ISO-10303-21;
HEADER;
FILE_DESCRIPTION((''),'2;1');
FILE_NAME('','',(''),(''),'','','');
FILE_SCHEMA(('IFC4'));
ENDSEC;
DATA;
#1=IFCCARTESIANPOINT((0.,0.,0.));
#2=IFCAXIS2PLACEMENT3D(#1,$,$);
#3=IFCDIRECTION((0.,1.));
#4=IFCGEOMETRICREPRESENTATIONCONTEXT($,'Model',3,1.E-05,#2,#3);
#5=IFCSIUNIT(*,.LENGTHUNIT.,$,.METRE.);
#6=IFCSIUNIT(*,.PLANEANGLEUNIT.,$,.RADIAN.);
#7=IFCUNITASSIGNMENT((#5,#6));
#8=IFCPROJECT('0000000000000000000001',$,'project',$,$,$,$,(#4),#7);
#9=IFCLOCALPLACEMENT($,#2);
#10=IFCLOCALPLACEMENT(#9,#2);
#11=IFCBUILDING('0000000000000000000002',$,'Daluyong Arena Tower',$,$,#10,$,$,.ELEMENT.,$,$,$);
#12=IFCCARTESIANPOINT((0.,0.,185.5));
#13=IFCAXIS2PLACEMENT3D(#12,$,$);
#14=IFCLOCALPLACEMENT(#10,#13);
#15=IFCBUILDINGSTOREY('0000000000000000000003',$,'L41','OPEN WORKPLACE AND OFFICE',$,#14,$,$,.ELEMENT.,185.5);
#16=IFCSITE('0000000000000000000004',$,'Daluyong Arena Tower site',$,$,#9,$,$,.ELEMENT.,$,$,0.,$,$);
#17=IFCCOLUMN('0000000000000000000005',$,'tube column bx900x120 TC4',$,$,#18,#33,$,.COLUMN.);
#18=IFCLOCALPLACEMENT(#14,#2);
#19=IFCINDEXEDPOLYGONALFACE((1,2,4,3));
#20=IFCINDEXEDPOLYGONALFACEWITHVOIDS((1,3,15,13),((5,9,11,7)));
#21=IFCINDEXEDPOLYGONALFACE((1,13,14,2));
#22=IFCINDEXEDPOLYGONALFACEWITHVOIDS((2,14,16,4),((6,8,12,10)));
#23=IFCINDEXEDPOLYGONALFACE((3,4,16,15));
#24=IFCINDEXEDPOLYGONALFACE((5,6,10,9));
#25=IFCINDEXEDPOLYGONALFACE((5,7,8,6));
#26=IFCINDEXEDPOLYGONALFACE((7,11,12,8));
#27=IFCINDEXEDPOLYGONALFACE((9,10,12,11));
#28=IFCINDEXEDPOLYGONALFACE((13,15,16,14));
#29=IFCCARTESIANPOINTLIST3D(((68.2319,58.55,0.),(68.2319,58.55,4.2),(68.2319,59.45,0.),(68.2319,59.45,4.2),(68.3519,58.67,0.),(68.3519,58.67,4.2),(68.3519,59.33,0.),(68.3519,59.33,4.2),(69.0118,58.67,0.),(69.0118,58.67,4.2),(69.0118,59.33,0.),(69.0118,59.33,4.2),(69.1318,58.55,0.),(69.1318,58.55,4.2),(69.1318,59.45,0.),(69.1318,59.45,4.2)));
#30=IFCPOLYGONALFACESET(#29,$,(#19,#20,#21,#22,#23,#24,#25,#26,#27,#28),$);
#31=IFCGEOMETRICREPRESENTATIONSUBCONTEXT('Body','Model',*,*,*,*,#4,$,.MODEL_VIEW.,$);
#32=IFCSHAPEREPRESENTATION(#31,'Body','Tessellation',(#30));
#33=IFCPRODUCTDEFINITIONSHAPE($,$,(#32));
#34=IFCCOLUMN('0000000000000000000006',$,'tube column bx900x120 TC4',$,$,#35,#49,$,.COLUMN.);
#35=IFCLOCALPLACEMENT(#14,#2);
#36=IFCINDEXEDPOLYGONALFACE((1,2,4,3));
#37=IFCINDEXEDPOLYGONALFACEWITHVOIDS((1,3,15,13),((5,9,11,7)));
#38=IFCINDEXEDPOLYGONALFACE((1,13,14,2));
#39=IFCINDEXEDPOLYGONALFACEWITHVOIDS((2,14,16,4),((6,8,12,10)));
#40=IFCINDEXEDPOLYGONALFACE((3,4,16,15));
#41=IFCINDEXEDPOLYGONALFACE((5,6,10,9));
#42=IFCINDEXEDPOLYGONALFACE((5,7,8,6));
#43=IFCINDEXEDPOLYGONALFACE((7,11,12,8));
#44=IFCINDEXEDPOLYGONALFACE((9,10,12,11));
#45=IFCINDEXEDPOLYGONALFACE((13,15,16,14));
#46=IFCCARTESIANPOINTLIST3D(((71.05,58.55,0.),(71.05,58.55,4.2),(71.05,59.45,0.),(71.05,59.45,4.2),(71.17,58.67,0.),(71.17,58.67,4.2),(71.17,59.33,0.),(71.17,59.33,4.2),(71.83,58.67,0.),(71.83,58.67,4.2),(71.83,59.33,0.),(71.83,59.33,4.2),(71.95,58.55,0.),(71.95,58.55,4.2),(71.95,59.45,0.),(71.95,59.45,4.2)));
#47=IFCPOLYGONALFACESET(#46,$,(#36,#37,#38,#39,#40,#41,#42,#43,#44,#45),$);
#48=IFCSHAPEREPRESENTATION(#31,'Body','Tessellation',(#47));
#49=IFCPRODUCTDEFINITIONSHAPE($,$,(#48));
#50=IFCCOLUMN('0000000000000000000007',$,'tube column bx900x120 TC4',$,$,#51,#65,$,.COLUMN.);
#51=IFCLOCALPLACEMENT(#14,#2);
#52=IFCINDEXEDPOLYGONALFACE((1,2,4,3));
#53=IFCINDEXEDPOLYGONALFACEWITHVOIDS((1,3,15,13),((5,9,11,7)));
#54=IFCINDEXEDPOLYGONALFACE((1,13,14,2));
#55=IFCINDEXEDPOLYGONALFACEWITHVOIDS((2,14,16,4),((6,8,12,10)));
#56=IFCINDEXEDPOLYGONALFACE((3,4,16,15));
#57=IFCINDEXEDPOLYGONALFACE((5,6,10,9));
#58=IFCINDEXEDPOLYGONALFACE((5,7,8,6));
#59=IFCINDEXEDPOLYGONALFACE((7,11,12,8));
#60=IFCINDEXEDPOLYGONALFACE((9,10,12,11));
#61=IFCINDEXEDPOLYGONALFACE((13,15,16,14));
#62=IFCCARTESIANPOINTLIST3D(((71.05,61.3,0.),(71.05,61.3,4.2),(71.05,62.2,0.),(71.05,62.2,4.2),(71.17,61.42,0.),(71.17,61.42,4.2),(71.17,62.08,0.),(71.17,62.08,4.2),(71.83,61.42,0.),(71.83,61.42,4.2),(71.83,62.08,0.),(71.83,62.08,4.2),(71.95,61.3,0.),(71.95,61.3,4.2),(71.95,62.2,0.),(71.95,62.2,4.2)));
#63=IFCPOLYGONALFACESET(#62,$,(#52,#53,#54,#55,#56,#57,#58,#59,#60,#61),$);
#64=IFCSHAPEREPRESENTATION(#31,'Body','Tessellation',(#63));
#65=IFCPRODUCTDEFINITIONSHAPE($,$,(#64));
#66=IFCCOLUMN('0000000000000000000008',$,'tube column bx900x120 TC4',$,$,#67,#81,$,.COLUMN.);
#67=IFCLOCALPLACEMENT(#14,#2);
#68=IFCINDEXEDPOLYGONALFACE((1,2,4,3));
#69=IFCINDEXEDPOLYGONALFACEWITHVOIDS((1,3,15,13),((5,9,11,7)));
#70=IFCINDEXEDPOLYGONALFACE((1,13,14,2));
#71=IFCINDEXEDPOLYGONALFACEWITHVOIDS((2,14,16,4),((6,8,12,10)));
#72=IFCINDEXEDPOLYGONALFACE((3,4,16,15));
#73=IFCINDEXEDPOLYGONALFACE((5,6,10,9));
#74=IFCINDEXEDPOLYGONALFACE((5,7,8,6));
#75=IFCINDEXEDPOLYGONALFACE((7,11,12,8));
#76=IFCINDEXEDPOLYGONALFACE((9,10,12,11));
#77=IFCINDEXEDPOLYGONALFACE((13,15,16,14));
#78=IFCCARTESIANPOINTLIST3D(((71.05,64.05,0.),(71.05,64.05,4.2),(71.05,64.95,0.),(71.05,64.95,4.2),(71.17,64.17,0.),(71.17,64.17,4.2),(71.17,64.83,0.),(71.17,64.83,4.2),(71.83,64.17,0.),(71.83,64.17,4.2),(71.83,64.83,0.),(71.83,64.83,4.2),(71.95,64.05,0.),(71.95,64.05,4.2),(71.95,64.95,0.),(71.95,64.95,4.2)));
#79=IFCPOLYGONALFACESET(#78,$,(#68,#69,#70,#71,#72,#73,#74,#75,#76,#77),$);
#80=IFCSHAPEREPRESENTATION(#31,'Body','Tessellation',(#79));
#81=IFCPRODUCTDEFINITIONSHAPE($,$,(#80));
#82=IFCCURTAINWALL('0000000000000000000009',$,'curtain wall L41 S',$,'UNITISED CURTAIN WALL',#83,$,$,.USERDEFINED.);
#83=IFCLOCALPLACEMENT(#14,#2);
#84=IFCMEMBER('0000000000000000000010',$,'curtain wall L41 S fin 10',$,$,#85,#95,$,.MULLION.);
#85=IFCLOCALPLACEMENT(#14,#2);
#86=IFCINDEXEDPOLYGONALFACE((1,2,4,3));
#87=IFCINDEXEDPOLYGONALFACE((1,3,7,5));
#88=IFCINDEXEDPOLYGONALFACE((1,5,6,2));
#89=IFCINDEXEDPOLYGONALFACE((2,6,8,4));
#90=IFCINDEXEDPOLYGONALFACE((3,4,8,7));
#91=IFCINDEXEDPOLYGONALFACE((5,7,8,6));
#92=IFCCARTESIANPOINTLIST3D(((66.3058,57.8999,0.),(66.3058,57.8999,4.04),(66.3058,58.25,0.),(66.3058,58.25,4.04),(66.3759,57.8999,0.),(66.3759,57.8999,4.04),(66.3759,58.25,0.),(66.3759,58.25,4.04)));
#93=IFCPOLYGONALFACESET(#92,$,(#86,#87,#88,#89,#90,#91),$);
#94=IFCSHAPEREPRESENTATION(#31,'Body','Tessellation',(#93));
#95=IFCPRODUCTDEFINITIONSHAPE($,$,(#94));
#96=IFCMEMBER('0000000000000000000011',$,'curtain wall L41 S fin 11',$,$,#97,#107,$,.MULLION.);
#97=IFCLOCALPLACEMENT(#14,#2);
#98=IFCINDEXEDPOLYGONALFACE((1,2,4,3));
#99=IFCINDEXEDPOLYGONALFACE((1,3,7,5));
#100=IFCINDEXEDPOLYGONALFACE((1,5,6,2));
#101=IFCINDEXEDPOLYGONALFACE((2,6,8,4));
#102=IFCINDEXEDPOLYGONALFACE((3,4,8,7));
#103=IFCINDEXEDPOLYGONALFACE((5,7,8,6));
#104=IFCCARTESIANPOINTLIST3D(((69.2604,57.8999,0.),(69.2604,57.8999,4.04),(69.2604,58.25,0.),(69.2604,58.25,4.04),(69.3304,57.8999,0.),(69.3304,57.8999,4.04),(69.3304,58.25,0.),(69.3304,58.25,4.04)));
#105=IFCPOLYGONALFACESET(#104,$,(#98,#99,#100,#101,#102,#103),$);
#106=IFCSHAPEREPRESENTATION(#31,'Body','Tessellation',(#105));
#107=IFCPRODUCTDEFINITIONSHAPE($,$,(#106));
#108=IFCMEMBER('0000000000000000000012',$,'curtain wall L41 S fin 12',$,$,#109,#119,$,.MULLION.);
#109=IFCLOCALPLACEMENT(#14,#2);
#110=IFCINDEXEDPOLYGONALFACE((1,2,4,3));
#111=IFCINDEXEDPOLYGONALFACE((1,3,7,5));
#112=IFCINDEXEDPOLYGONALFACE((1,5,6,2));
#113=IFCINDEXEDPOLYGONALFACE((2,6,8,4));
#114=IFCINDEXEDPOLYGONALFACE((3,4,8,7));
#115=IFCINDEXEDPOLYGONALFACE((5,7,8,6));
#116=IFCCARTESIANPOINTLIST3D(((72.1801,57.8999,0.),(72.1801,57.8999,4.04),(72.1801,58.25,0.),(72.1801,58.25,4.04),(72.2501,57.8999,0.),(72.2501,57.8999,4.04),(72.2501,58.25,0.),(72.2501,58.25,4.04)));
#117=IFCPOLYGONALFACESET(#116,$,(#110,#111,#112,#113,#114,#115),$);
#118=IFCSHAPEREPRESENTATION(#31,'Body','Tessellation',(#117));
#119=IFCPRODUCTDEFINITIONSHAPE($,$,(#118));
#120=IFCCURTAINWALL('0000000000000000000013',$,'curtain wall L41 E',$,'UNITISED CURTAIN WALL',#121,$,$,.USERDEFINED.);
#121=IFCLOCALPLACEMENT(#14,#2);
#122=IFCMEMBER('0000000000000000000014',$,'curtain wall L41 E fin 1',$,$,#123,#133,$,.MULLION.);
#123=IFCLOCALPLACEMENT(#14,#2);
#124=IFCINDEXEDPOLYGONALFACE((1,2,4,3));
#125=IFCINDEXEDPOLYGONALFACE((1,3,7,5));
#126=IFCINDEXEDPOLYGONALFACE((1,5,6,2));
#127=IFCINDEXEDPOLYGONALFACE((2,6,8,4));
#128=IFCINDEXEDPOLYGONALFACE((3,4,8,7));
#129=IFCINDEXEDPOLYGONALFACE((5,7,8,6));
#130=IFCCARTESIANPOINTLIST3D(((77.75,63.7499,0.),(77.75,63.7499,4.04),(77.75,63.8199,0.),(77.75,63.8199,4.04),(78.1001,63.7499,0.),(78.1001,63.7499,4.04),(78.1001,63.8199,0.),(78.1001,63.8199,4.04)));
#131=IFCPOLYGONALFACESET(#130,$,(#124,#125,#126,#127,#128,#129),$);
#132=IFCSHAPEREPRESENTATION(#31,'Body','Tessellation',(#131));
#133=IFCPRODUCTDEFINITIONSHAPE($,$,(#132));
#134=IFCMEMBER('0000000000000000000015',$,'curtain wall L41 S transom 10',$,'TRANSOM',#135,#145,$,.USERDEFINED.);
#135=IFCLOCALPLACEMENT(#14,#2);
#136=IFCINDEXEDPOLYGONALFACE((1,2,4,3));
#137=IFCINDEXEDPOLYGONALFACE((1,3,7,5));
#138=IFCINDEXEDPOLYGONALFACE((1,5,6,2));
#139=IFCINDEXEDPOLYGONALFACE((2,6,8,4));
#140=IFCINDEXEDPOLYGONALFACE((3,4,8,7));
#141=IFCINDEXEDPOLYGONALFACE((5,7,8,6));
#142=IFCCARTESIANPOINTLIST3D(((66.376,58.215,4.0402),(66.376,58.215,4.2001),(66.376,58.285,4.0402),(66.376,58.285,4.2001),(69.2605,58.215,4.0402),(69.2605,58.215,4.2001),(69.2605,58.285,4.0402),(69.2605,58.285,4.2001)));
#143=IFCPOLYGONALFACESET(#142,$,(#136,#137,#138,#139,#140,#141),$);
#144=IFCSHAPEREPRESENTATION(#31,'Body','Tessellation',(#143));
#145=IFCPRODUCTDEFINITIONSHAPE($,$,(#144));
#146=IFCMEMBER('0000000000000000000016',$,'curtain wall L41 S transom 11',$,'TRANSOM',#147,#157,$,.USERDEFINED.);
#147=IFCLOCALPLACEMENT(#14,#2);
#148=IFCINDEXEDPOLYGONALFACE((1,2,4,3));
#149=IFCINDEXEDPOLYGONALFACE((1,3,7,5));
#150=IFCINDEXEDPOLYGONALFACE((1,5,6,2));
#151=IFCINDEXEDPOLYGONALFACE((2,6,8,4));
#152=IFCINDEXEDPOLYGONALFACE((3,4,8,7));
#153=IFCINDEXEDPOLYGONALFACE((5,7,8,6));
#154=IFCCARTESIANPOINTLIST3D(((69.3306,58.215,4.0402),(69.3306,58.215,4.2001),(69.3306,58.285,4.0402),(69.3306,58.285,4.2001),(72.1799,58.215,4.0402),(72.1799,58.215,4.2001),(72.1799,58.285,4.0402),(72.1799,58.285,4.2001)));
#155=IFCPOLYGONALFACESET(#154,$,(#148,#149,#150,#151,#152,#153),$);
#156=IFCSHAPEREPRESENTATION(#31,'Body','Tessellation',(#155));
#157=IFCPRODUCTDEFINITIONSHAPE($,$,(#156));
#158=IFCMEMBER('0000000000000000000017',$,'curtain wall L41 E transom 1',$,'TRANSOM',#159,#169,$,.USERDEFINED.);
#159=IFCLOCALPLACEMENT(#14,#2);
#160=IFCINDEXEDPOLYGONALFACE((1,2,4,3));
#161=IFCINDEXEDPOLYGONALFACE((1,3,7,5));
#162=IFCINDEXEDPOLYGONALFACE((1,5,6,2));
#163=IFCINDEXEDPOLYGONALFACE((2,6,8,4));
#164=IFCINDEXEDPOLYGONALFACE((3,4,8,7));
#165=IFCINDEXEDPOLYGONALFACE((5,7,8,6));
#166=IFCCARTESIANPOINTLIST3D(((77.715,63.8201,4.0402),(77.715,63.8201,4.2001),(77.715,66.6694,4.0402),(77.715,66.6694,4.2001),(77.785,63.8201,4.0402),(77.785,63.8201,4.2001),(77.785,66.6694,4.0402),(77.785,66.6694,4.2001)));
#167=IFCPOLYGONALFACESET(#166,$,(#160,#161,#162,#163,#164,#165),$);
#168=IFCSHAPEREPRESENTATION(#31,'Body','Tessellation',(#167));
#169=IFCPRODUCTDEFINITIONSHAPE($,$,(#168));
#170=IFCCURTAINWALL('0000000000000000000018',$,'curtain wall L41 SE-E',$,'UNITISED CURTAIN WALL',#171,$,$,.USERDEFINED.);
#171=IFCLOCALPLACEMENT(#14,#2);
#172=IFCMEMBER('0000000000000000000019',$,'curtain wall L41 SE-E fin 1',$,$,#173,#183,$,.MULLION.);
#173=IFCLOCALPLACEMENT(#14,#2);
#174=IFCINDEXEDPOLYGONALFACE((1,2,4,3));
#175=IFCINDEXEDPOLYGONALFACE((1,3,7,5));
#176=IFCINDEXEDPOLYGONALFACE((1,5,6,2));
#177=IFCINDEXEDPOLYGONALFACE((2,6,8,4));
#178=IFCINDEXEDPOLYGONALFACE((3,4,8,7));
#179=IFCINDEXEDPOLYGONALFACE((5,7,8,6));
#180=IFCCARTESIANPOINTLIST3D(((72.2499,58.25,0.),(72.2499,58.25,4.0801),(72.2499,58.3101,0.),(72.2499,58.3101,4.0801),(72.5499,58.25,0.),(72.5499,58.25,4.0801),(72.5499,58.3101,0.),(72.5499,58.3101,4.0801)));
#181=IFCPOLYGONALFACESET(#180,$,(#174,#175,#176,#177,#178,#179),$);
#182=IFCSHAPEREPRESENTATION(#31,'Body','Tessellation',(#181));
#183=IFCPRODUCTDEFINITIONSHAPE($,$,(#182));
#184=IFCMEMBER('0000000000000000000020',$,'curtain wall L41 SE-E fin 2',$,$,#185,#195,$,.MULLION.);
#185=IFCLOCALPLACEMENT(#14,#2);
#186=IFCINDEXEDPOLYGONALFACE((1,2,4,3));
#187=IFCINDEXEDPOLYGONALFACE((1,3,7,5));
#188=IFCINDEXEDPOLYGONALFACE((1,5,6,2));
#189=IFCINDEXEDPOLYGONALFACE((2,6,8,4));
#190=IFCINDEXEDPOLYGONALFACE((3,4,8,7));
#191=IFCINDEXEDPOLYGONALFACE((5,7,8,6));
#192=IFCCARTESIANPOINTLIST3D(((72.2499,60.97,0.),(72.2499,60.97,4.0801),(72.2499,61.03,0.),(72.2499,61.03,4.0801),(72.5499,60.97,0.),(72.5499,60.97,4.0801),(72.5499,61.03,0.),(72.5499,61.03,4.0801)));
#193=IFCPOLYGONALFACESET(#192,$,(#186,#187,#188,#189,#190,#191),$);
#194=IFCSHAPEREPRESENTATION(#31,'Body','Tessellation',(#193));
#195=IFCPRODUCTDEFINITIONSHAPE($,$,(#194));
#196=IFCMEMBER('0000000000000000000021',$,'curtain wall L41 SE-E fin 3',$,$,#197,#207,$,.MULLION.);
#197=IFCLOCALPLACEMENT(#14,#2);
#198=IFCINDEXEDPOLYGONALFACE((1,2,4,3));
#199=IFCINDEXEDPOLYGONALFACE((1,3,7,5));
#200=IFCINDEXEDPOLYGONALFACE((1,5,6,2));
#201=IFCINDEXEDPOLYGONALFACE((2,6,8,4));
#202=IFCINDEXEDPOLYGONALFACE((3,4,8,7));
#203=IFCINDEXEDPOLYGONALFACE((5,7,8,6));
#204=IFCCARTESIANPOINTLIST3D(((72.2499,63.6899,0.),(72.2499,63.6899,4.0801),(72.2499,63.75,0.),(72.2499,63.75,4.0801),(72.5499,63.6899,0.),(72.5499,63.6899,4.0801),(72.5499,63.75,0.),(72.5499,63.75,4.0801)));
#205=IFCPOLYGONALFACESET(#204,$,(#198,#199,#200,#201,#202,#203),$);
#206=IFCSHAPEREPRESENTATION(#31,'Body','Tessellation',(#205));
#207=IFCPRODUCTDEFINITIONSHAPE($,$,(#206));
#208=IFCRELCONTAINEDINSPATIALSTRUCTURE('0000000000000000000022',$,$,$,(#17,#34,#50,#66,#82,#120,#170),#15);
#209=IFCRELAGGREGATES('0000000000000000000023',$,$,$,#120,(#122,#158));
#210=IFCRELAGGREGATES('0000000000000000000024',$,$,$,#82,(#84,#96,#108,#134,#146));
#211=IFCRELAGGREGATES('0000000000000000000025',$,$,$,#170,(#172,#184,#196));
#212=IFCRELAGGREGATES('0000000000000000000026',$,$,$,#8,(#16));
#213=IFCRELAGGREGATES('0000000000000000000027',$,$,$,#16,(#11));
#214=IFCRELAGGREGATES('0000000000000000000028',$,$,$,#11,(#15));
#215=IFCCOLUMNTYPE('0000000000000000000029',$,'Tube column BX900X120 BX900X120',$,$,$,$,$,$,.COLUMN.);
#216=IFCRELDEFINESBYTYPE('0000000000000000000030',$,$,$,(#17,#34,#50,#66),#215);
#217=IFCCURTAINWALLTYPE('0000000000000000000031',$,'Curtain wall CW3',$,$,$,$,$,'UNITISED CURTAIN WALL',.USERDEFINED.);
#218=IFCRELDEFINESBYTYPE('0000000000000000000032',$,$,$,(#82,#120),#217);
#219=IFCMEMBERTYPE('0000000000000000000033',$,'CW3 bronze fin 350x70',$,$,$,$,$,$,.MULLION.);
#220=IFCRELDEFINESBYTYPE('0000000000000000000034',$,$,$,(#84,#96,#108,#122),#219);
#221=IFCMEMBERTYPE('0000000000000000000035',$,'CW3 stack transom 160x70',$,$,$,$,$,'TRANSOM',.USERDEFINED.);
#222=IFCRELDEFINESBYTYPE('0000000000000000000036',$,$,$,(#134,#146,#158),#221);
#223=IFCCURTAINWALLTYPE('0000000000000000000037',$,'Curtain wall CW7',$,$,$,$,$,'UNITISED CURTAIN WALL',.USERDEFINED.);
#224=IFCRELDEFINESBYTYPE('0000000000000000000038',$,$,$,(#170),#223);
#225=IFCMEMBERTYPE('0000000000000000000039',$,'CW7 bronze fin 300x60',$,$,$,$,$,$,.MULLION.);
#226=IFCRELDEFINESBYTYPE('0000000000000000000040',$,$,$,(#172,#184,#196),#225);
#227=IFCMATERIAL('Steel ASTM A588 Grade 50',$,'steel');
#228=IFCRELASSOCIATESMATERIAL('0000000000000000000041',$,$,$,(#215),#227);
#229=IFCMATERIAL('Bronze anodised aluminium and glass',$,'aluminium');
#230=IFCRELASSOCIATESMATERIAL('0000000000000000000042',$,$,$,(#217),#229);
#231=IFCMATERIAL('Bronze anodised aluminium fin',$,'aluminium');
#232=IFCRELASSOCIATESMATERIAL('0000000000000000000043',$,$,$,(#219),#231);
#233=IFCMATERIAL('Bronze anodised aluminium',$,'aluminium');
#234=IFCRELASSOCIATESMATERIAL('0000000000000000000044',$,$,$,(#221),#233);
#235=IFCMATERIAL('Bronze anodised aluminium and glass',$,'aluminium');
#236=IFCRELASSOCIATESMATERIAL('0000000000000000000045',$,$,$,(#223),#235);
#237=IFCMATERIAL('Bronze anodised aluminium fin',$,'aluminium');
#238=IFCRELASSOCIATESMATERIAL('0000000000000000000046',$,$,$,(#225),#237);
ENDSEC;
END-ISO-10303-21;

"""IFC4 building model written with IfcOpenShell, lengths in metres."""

from ifc_helpers import new_model, si_unit, direction, frame, origin, origin_2d, place, context, subcontext, project, spatial, rectangle, hollow_rectangle, extrude, material, material_profile, profile_set, type_object, element, aggregate, save


model = new_model("IFC4")

# Units and contexts
model_context = context("Model", 3, precision=1e-05, world=origin(), true_north=direction((0.0, 1.0)))
body_context = subcontext(model_context, "Body", "Model", "MODEL_VIEW")
ifc_project = project(units=[si_unit("LENGTHUNIT", "METRE"), si_unit("PLANEANGLEUNIT", "RADIAN")], contexts=[model_context])

# Site, building, storey
site_placement = place(None, origin())
site = spatial("IfcSite", under=ifc_project, at=site_placement, Name="Daluyong Arena Tower site", CompositionType="ELEMENT", RefElevation=0.0)
building_placement = place(site_placement, origin())
building = spatial("IfcBuilding", under=site, at=building_placement, Name="Daluyong Arena Tower", CompositionType="ELEMENT")
storey_placement = place(building_placement, frame((0.0, 0.0, 185.5)))
storey = spatial("IfcBuildingStorey", under=building, at=storey_placement, Name="L41", Description="OPEN WORKPLACE AND OFFICE", CompositionType="ELEMENT", Elevation=185.5)

# Columns
ifc_material_1 = material(Name="Steel ASTM A588 Grade 50", Category="steel")
ifc_material_profile_1 = material_profile(ifc_material_1, hollow_rectangle(XDim=0.8999, YDim=0.8999, WallThickness=0.12, at=origin_2d()))
ifc_profile_set_1 = profile_set([ifc_material_profile_1], Name="Steel ASTM A588 Grade 50")
column_type = type_object("IfcColumnType", Name="Tube column BX900X120 BX900X120", PredefinedType="COLUMN", material=ifc_profile_set_1)
for number, where, z_axis, x_axis, name in (
    (1, (68.6819, 59.0, 0.0), (0.0, 0.0, 1.0), (1.0, 0.0, 0.0), "tube column bx900x120 TC4"),
    (2, (71.5, 59.0, 0.0), (0.0, 0.0, 1.0), (0.0, 1.0, 0.0), "tube column bx900x120 TC4"),
    (3, (71.5, 61.75, 0.0), (0.0, 0.0, 1.0), (0.0, 1.0, 0.0), "tube column bx900x120 TC4"),
    (4, (71.5, 64.5, 0.0), (0.0, 0.0, 1.0), (1.0, 0.0, 0.0), "tube column bx900x120 TC4"),
):
    element("IfcColumn", number, at=place(storey_placement, frame(where, z_axis=z_axis, x_axis=x_axis)), inside=storey, type_object=column_type, Name=name, PredefinedType="COLUMN", context=body_context, shape_type="SweptSolid", body=[
        extrude(hollow_rectangle(XDim=0.8999, YDim=0.8999, WallThickness=0.12, at=origin_2d()), origin(), (0.0, 0.0, 1.0), 4.2),
    ])

# Curtain wall, members
ifc_material_2 = material(Name="Bronze anodised aluminium and glass", Category="aluminium")
curtain_wall_type_1 = type_object("IfcCurtainWallType", Name="Curtain wall CW3", ElementType="UNITISED CURTAIN WALL", PredefinedType="USERDEFINED", material=ifc_material_2)
curtain_wall_1_placement = place(storey_placement, origin())
curtain_wall_1 = element("IfcCurtainWall", 5, at=curtain_wall_1_placement, inside=storey, type_object=curtain_wall_type_1, Name="curtain wall L41 S", ObjectType="UNITISED CURTAIN WALL", PredefinedType="USERDEFINED")
ifc_material_3 = material(Name="Bronze anodised aluminium fin", Category="aluminium")
ifc_material_profile_2 = material_profile(ifc_material_3, rectangle(XDim=0.3501, YDim=0.0701, at=origin_2d()))
ifc_profile_set_2 = profile_set([ifc_material_profile_2], Name="Bronze anodised aluminium fin")
member_type_1 = type_object("IfcMemberType", Name="CW3 bronze fin 350x70", PredefinedType="MULLION", material=ifc_profile_set_2)
member_1_placement = place(storey_placement, frame((66.3408, 58.075, 0.0), z_axis=(0.0, 0.0, 1.0), x_axis=(0.0, 1.0, 0.0)))
member_1 = element("IfcMember", 6, at=member_1_placement, type_object=member_type_1, Name="curtain wall L41 S fin 10", PredefinedType="MULLION", context=body_context, shape_type="SweptSolid", body=[
    extrude(rectangle(XDim=0.3501, YDim=0.0701, at=origin_2d()), origin(), (0.0, 0.0, 1.0), 4.04),
])
member_2_placement = place(storey_placement, frame((69.2954, 58.075, 0.0), z_axis=(0.0, 0.0, 1.0), x_axis=(0.0, 1.0, 0.0)))
member_2 = element("IfcMember", 7, at=member_2_placement, type_object=member_type_1, Name="curtain wall L41 S fin 11", PredefinedType="MULLION", context=body_context, shape_type="SweptSolid", body=[
    extrude(rectangle(XDim=0.3501, YDim=0.0701, at=origin_2d()), origin(), (0.0, 0.0, 1.0), 4.04),
])
member_3_placement = place(storey_placement, frame((72.2151, 58.075, 0.0), z_axis=(0.0, 0.0, 1.0), x_axis=(0.0, 1.0, 0.0)))
member_3 = element("IfcMember", 8, at=member_3_placement, type_object=member_type_1, Name="curtain wall L41 S fin 12", PredefinedType="MULLION", context=body_context, shape_type="SweptSolid", body=[
    extrude(rectangle(XDim=0.3501, YDim=0.0701, at=origin_2d()), origin(), (0.0, 0.0, 1.0), 4.04),
])

# Curtain wall, member
curtain_wall_2_placement = place(storey_placement, origin())
curtain_wall_2 = element("IfcCurtainWall", 9, at=curtain_wall_2_placement, inside=storey, type_object=curtain_wall_type_1, Name="curtain wall L41 E", ObjectType="UNITISED CURTAIN WALL", PredefinedType="USERDEFINED")
member_4_placement = place(storey_placement, frame((77.925, 63.7849, 0.0), z_axis=(0.0, 0.0, 1.0), x_axis=(-1.0, 0.0, 0.0)))
member_4 = element("IfcMember", 10, at=member_4_placement, type_object=member_type_1, Name="curtain wall L41 E fin 1", PredefinedType="MULLION", context=body_context, shape_type="SweptSolid", body=[
    extrude(rectangle(XDim=0.3501, YDim=0.0701, at=origin_2d()), origin(), (0.0, 0.0, 1.0), 4.04),
])

# Members
ifc_material_4 = material(Name="Bronze anodised aluminium", Category="aluminium")
ifc_material_profile_3 = material_profile(ifc_material_4, rectangle(XDim=0.0701, YDim=0.1599, at=origin_2d()))
ifc_profile_set_3 = profile_set([ifc_material_profile_3], Name="Bronze anodised aluminium")
member_type_2 = type_object("IfcMemberType", Name="CW3 stack transom 160x70", ElementType="TRANSOM", PredefinedType="USERDEFINED", material=ifc_profile_set_3)
member_5_placement = place(storey_placement, frame((66.376, 58.25, 4.1201), z_axis=(1.0, 0.0, 0.0), x_axis=(0.0, 1.0, 0.0)))
member_5 = element("IfcMember", 11, at=member_5_placement, type_object=member_type_2, Name="curtain wall L41 S transom 10", ObjectType="TRANSOM", PredefinedType="USERDEFINED", context=body_context, shape_type="SweptSolid", body=[
    extrude(rectangle(XDim=0.0701, YDim=0.1599, at=origin_2d()), origin(), (0.0, 0.0, 1.0), 2.8845),
])
member_6_placement = place(storey_placement, frame((69.3306, 58.25, 4.1201), z_axis=(1.0, 0.0, 0.0), x_axis=(0.0, 1.0, 0.0)))
member_6 = element("IfcMember", 12, at=member_6_placement, type_object=member_type_2, Name="curtain wall L41 S transom 11", ObjectType="TRANSOM", PredefinedType="USERDEFINED", context=body_context, shape_type="SweptSolid", body=[
    extrude(rectangle(XDim=0.0701, YDim=0.1599, at=origin_2d()), origin(), (0.0, 0.0, 1.0), 2.8494),
])
member_7_placement = place(storey_placement, frame((77.75, 63.8201, 4.1201), z_axis=(0.0, 1.0, 0.0), x_axis=(-1.0, 0.0, 0.0)))
member_7 = element("IfcMember", 13, at=member_7_placement, type_object=member_type_2, Name="curtain wall L41 E transom 1", ObjectType="TRANSOM", PredefinedType="USERDEFINED", context=body_context, shape_type="SweptSolid", body=[
    extrude(rectangle(XDim=0.0701, YDim=0.1599, at=origin_2d()), origin(), (0.0, 0.0, 1.0), 2.8494),
])
aggregate(curtain_wall_2, [member_4, member_7])

# Curtain wall, members
ifc_material_5 = material(Name="Bronze anodised aluminium and glass", Category="aluminium")
curtain_wall_type_2 = type_object("IfcCurtainWallType", Name="Curtain wall CW7", ElementType="UNITISED CURTAIN WALL", PredefinedType="USERDEFINED", material=ifc_material_5)
curtain_wall_3_placement = place(storey_placement, origin())
curtain_wall_3 = element("IfcCurtainWall", 14, at=curtain_wall_3_placement, inside=storey, type_object=curtain_wall_type_2, Name="curtain wall L41 SE-E", ObjectType="UNITISED CURTAIN WALL", PredefinedType="USERDEFINED")
ifc_material_6 = material(Name="Bronze anodised aluminium fin", Category="aluminium")
ifc_material_profile_4 = material_profile(ifc_material_6, rectangle(XDim=0.3, YDim=0.0601, at=origin_2d()))
ifc_profile_set_4 = profile_set([ifc_material_profile_4], Name="Bronze anodised aluminium fin")
member_type_3 = type_object("IfcMemberType", Name="CW7 bronze fin 300x60", PredefinedType="MULLION", material=ifc_profile_set_4)
member_8_placement = place(storey_placement, frame((72.3999, 58.28, 0.0), z_axis=(0.0, 0.0, 1.0), x_axis=(-1.0, 0.0, 0.0)))
member_8 = element("IfcMember", 15, at=member_8_placement, type_object=member_type_3, Name="curtain wall L41 SE-E fin 1", PredefinedType="MULLION", context=body_context, shape_type="SweptSolid", body=[
    extrude(rectangle(XDim=0.3, YDim=0.0601, at=origin_2d()), origin(), (0.0, 0.0, 1.0), 4.0801),
])
member_9_placement = place(storey_placement, frame((72.3999, 61.0, 0.0), z_axis=(0.0, 0.0, 1.0), x_axis=(-1.0, 0.0, 0.0)))
member_9 = element("IfcMember", 16, at=member_9_placement, type_object=member_type_3, Name="curtain wall L41 SE-E fin 2", PredefinedType="MULLION", context=body_context, shape_type="SweptSolid", body=[
    extrude(rectangle(XDim=0.3, YDim=0.0601, at=origin_2d()), origin(), (0.0, 0.0, 1.0), 4.0801),
])
member_10_placement = place(storey_placement, frame((72.3999, 63.72, 0.0), z_axis=(0.0, 0.0, 1.0), x_axis=(-1.0, 0.0, 0.0)))
member_10 = element("IfcMember", 17, at=member_10_placement, type_object=member_type_3, Name="curtain wall L41 SE-E fin 3", PredefinedType="MULLION", context=body_context, shape_type="SweptSolid", body=[
    extrude(rectangle(XDim=0.3, YDim=0.0601, at=origin_2d()), origin(), (0.0, 0.0, 1.0), 4.0801),
])

aggregate(curtain_wall_1, [member_1, member_2, member_3, member_5, member_6])
aggregate(curtain_wall_3, [member_8, member_9, member_10])

save(model, "model.ifc")
